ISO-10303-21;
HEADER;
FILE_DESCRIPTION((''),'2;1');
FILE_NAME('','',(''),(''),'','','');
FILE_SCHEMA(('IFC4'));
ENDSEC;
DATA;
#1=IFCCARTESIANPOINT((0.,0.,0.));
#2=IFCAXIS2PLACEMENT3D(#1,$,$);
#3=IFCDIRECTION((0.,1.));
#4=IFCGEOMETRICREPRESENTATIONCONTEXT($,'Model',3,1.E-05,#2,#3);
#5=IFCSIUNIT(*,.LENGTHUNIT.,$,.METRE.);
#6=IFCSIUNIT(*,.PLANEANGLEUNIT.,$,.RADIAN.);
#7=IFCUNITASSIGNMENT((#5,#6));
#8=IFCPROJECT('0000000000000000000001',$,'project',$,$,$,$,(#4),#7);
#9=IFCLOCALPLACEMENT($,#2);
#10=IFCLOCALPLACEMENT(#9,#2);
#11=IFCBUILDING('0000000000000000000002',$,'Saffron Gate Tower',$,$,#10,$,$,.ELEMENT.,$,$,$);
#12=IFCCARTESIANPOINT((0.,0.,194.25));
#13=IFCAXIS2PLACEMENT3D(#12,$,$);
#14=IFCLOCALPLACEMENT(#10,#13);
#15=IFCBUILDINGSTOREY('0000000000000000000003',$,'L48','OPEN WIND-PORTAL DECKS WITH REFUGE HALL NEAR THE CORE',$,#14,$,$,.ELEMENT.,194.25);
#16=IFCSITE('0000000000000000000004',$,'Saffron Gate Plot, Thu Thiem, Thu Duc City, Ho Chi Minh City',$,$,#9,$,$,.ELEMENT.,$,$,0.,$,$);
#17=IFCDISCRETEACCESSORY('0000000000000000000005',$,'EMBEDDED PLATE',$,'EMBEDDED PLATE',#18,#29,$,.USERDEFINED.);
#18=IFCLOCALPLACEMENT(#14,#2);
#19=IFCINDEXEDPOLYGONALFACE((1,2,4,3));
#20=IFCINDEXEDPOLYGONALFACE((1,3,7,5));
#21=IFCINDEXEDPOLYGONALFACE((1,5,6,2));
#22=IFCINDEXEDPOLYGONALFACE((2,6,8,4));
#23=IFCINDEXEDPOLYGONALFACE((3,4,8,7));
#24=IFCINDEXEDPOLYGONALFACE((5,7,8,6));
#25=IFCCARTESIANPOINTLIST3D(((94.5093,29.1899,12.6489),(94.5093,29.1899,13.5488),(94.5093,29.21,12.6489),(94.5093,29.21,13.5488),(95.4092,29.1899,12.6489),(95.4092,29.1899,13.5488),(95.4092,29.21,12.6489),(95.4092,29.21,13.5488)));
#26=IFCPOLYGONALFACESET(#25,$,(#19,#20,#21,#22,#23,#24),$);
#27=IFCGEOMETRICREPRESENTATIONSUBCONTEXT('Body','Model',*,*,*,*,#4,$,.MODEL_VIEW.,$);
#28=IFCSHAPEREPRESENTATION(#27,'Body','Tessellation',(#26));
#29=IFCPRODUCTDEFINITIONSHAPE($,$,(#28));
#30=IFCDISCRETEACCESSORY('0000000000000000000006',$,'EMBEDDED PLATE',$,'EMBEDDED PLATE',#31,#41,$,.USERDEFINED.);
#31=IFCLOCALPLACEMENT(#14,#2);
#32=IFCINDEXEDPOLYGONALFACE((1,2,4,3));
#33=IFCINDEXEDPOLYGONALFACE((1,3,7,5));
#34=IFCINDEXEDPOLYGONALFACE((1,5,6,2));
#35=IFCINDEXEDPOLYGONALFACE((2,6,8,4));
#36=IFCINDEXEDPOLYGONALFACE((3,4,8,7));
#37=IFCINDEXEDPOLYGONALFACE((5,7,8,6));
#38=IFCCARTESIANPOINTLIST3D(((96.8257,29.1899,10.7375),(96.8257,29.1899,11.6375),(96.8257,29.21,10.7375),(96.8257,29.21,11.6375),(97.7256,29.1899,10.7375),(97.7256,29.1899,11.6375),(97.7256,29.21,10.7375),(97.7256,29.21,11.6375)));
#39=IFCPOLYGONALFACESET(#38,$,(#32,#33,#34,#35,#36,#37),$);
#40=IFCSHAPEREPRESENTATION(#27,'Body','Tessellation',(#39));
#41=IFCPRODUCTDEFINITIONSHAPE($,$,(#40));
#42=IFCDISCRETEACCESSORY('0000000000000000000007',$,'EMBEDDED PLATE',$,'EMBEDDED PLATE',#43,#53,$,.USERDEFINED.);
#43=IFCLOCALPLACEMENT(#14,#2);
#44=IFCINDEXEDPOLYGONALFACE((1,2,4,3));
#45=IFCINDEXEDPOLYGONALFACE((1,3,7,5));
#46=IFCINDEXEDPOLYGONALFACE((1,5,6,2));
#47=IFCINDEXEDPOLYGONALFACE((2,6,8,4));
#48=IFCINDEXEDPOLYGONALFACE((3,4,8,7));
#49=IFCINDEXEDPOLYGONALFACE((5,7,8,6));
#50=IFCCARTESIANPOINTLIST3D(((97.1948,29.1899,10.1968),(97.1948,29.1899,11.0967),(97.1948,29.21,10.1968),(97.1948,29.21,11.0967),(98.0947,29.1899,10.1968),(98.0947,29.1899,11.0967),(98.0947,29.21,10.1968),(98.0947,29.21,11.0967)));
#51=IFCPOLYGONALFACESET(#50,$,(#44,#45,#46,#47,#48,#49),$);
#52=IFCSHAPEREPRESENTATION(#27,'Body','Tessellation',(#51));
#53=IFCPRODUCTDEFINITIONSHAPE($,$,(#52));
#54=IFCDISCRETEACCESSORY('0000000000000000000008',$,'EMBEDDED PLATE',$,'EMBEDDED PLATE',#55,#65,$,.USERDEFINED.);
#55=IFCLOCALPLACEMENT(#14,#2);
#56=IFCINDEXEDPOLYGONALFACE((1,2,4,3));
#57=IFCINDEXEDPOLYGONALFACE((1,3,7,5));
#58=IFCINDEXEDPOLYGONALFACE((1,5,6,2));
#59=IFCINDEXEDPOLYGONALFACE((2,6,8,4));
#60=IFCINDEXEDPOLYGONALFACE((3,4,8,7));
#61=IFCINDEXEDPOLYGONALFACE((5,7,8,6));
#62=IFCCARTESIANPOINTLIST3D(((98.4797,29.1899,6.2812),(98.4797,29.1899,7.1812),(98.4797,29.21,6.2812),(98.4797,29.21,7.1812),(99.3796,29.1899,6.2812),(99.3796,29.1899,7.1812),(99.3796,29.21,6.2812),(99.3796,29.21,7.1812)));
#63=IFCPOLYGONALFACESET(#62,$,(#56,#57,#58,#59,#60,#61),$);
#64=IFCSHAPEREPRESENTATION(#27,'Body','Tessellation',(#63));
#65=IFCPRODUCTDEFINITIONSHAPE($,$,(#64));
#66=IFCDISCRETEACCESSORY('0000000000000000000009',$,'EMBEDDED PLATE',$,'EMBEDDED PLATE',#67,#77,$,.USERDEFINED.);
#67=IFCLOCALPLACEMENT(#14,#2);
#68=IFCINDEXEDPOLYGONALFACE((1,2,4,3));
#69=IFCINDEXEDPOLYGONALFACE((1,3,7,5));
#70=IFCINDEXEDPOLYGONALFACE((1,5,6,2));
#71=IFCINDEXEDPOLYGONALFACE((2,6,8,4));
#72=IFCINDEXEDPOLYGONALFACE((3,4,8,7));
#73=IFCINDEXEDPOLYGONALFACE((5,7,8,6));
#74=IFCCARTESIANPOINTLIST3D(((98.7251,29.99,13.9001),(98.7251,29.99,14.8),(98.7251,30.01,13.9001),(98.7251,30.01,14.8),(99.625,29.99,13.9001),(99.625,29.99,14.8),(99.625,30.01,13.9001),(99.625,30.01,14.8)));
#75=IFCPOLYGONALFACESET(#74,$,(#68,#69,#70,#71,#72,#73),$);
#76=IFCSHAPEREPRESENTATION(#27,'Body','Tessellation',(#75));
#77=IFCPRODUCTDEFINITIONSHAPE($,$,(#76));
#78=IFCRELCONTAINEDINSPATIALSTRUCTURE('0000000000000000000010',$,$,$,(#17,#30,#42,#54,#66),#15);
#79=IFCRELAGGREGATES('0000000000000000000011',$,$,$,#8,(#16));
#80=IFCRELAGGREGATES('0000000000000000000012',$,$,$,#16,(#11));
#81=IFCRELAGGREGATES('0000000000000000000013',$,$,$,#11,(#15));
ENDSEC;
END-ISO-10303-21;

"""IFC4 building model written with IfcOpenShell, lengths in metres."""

from ifc_helpers import new_model, si_unit, direction, frame, origin, origin_2d, place, context, subcontext, project, spatial, rectangle, extrude, element, save


model = new_model("IFC4")

# Units and contexts
model_context = context("Model", 3, precision=1e-05, world=origin(), true_north=direction((0.0, 1.0)))
body_context = subcontext(model_context, "Body", "Model", "MODEL_VIEW")
ifc_project = project(units=[si_unit("LENGTHUNIT", "METRE"), si_unit("PLANEANGLEUNIT", "RADIAN")], contexts=[model_context])

# Site, building, storey
site_placement = place(None, origin())
site = spatial("IfcSite", under=ifc_project, at=site_placement, Name="Saffron Gate Plot, Thu Thiem, Thu Duc City, Ho Chi Minh City", CompositionType="ELEMENT", RefElevation=0.0)
building_placement = place(site_placement, origin())
building = spatial("IfcBuilding", under=site, at=building_placement, Name="Saffron Gate Tower", CompositionType="ELEMENT")
storey_placement = place(building_placement, frame((0.0, 0.0, 194.25)))
storey = spatial("IfcBuildingStorey", under=building, at=storey_placement, Name="L48", Description="OPEN WIND-PORTAL DECKS WITH REFUGE HALL NEAR THE CORE", CompositionType="ELEMENT", Elevation=194.25)

# Discrete accessories
for number, where, z_axis, x_axis, name in (
    (1, (94.9592, 29.2, 12.6489), (0.0, 0.0, 1.0), (1.0, 0.0, 0.0), "EMBEDDED PLATE"),
    (2, (97.2756, 29.2, 10.7375), (0.0, 0.0, 1.0), (1.0, 0.0, 0.0), "EMBEDDED PLATE"),
    (3, (97.6448, 29.2, 10.1968), (0.0, 0.0, 1.0), (1.0, 0.0, 0.0), "EMBEDDED PLATE"),
    (4, (98.9297, 29.2, 6.2812), (0.0, 0.0, 1.0), (1.0, 0.0, 0.0), "EMBEDDED PLATE"),
    (5, (99.175, 30.0, 13.9001), (0.0, 0.0, 1.0), (1.0, 0.0, 0.0), "EMBEDDED PLATE"),
):
    element("IfcDiscreteAccessory", number, at=place(storey_placement, frame(where, z_axis=z_axis, x_axis=x_axis)), inside=storey, Name=name, ObjectType="EMBEDDED PLATE", PredefinedType="USERDEFINED", context=body_context, shape_type="SweptSolid", body=[
        extrude(rectangle(XDim=0.8999, YDim=0.02, at=origin_2d()), origin(), (0.0, 0.0, 1.0), 0.8999),
    ])

save(model, "model.ifc")
